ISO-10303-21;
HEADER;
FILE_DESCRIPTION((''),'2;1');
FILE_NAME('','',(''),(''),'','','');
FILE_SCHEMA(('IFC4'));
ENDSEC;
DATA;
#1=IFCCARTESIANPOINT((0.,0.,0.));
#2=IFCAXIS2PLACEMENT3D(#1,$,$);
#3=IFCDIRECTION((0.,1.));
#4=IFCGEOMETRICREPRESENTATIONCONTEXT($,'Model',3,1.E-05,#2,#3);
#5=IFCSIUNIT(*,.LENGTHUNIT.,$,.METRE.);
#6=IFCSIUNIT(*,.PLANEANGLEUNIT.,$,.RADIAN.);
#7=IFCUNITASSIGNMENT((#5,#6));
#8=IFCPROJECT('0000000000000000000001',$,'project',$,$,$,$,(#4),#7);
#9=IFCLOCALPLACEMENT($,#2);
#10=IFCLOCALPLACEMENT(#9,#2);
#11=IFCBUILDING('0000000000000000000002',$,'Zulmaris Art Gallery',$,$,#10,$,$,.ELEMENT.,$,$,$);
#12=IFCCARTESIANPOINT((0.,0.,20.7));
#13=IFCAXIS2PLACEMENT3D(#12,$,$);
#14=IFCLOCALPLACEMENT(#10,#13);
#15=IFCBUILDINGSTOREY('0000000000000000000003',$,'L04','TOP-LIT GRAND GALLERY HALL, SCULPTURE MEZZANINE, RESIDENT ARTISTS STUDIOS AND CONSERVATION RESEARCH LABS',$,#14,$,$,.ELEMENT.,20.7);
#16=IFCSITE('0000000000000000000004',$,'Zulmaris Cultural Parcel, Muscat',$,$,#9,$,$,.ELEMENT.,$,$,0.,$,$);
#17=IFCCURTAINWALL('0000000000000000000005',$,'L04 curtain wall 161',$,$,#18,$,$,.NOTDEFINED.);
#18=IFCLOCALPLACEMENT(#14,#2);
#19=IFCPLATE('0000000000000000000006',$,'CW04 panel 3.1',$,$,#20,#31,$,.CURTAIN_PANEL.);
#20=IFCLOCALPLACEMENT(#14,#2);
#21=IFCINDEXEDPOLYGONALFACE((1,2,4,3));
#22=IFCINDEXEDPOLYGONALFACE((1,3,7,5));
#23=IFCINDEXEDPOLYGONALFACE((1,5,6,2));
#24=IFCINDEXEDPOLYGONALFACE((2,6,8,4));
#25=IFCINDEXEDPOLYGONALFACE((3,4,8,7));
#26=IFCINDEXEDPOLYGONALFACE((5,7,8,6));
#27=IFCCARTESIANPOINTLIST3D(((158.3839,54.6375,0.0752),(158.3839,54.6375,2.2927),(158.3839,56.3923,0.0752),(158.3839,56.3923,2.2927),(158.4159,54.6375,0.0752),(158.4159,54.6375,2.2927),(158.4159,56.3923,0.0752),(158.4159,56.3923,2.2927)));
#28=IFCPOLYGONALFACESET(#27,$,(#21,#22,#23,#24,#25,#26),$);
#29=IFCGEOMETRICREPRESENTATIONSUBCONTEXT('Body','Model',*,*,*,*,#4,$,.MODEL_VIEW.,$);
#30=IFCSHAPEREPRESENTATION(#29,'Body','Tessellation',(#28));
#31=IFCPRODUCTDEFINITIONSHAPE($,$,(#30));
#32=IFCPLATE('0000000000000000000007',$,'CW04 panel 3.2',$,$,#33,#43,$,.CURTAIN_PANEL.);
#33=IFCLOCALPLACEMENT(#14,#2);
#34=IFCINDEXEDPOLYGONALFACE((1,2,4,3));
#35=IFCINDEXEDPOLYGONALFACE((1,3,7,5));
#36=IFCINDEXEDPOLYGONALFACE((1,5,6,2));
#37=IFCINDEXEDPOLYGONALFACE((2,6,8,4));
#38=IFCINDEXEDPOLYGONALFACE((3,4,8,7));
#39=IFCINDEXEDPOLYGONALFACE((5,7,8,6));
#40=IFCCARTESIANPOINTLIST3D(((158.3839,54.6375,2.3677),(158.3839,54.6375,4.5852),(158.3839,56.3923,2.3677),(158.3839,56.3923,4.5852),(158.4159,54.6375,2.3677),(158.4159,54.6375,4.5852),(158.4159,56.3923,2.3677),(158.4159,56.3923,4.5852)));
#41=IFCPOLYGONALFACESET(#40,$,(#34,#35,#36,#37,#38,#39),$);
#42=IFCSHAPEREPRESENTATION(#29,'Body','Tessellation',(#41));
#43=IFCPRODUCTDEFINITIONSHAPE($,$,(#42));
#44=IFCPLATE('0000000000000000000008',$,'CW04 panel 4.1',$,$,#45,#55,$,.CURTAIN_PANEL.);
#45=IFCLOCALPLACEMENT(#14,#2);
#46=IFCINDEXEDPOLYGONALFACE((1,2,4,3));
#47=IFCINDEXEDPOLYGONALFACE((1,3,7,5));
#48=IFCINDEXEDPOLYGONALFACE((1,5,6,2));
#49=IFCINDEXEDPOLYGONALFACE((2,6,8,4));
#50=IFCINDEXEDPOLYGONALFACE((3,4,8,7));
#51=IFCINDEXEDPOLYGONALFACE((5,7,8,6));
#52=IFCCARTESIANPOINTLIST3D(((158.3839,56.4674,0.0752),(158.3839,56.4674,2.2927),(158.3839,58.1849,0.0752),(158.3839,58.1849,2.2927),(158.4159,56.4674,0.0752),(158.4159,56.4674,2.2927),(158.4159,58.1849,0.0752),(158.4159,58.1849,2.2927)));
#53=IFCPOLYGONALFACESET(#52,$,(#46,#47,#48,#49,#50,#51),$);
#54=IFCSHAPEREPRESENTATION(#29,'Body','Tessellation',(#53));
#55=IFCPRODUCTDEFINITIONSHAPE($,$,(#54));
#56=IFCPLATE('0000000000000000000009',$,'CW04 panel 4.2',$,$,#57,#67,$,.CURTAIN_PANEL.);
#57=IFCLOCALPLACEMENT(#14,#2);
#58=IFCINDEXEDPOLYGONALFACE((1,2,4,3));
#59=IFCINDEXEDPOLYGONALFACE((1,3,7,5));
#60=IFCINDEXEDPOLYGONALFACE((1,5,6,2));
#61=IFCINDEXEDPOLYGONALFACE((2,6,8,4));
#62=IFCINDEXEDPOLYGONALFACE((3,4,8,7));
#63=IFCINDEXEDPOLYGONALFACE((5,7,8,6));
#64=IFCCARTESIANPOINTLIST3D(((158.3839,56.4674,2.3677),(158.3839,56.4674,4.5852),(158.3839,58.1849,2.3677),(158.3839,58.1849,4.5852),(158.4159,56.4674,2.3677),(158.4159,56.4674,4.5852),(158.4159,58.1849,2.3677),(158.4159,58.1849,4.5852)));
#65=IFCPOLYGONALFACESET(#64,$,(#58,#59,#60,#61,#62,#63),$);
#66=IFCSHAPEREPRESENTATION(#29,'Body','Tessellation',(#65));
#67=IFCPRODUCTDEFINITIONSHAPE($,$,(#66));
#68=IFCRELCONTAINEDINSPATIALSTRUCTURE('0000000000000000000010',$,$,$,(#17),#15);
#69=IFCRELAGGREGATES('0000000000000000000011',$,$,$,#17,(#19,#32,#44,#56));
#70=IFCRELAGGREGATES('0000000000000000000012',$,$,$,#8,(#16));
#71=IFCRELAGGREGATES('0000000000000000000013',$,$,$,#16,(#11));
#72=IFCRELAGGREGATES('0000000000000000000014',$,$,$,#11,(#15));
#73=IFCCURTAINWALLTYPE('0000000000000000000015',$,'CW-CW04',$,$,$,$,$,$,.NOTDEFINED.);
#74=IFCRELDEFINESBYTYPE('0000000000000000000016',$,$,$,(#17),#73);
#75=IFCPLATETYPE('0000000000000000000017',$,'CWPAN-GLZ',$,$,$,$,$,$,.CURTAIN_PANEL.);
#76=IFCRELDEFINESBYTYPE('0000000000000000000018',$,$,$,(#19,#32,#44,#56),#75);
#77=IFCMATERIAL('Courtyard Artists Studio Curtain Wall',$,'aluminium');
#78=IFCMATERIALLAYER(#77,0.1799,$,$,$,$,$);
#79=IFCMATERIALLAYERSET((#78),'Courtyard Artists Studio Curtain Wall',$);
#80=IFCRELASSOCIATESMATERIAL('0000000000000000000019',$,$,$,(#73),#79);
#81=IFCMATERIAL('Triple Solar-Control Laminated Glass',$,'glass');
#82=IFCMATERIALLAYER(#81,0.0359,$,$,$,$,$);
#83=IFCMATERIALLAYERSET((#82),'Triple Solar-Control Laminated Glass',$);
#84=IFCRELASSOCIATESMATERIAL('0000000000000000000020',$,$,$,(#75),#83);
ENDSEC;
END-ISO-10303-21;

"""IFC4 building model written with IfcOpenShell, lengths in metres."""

from ifc_helpers import new_model, si_unit, direction, frame, origin, origin_2d, place, context, subcontext, project, spatial, rectangle, extrude, material, layer, layer_set, type_object, element, aggregate, save


model = new_model("IFC4")

# Units and contexts
model_context = context("Model", 3, precision=1e-05, world=origin(), true_north=direction((0.0, 1.0)))
body_context = subcontext(model_context, "Body", "Model", "MODEL_VIEW")
ifc_project = project(units=[si_unit("LENGTHUNIT", "METRE"), si_unit("PLANEANGLEUNIT", "RADIAN")], contexts=[model_context])

# Site, building, storey
site_placement = place(None, origin())
site = spatial("IfcSite", under=ifc_project, at=site_placement, Name="Zulmaris Cultural Parcel, Muscat", CompositionType="ELEMENT", RefElevation=0.0)
building_placement = place(site_placement, origin())
building = spatial("IfcBuilding", under=site, at=building_placement, Name="Zulmaris Art Gallery", CompositionType="ELEMENT")
storey_placement = place(building_placement, frame((0.0, 0.0, 20.7)))
storey = spatial("IfcBuildingStorey", under=building, at=storey_placement, Name="L04", Description="TOP-LIT GRAND GALLERY HALL, SCULPTURE MEZZANINE, RESIDENT ARTISTS STUDIOS AND CONSERVATION RESEARCH LABS", CompositionType="ELEMENT", Elevation=20.7)

# Curtain wall, plates
ifc_material_1 = material(Name="Courtyard Artists Studio Curtain Wall", Category="aluminium")
ifc_layer_1 = layer(ifc_material_1, 0.1799)
ifc_layer_set_1 = layer_set([ifc_layer_1], Name="Courtyard Artists Studio Curtain Wall")
curtain_wall_type = type_object("IfcCurtainWallType", Name="CW-CW04", PredefinedType="NOTDEFINED", material=ifc_layer_set_1)
curtain_wall_placement = place(storey_placement, origin())
curtain_wall = element("IfcCurtainWall", 1, at=curtain_wall_placement, inside=storey, type_object=curtain_wall_type, Name="L04 curtain wall 161", PredefinedType="NOTDEFINED")
ifc_material_2 = material(Name="Triple Solar-Control Laminated Glass", Category="glass")
ifc_layer_2 = layer(ifc_material_2, 0.0359)
ifc_layer_set_2 = layer_set([ifc_layer_2], Name="Triple Solar-Control Laminated Glass")
plate_type = type_object("IfcPlateType", Name="CWPAN-GLZ", PredefinedType="CURTAIN_PANEL", material=ifc_layer_set_2)
plate_1_placement = place(storey_placement, frame((158.3999, 55.5149, 0.0752), z_axis=(0.0, 0.0, 1.0), x_axis=(0.0, 1.0, 0.0)))
plate_1 = element("IfcPlate", 2, at=plate_1_placement, type_object=plate_type, Name="CW04 panel 3.1", PredefinedType="CURTAIN_PANEL", context=body_context, shape_type="SweptSolid", body=[
    extrude(rectangle(XDim=1.7549, YDim=0.032, at=origin_2d()), origin(), (0.0, 0.0, 1.0), 2.2175),
])
plate_2_placement = place(storey_placement, frame((158.3999, 55.5149, 2.3677), z_axis=(0.0, 0.0, 1.0), x_axis=(0.0, 1.0, 0.0)))
plate_2 = element("IfcPlate", 3, at=plate_2_placement, type_object=plate_type, Name="CW04 panel 3.2", PredefinedType="CURTAIN_PANEL", context=body_context, shape_type="SweptSolid", body=[
    extrude(rectangle(XDim=1.7549, YDim=0.032, at=origin_2d()), origin(), (0.0, 0.0, 1.0), 2.2175),
])
plate_3_placement = place(storey_placement, frame((158.3999, 57.3262, 0.0752), z_axis=(0.0, 0.0, 1.0), x_axis=(0.0, 1.0, 0.0)))
plate_3 = element("IfcPlate", 4, at=plate_3_placement, type_object=plate_type, Name="CW04 panel 4.1", PredefinedType="CURTAIN_PANEL", context=body_context, shape_type="SweptSolid", body=[
    extrude(rectangle(XDim=1.7175, YDim=0.032, at=origin_2d()), origin(), (0.0, 0.0, 1.0), 2.2175),
])
plate_4_placement = place(storey_placement, frame((158.3999, 57.3262, 2.3677), z_axis=(0.0, 0.0, 1.0), x_axis=(0.0, 1.0, 0.0)))
plate_4 = element("IfcPlate", 5, at=plate_4_placement, type_object=plate_type, Name="CW04 panel 4.2", PredefinedType="CURTAIN_PANEL", context=body_context, shape_type="SweptSolid", body=[
    extrude(rectangle(XDim=1.7175, YDim=0.032, at=origin_2d()), origin(), (0.0, 0.0, 1.0), 2.2175),
])
aggregate(curtain_wall, [plate_1, plate_2, plate_3, plate_4])

save(model, "model.ifc")
